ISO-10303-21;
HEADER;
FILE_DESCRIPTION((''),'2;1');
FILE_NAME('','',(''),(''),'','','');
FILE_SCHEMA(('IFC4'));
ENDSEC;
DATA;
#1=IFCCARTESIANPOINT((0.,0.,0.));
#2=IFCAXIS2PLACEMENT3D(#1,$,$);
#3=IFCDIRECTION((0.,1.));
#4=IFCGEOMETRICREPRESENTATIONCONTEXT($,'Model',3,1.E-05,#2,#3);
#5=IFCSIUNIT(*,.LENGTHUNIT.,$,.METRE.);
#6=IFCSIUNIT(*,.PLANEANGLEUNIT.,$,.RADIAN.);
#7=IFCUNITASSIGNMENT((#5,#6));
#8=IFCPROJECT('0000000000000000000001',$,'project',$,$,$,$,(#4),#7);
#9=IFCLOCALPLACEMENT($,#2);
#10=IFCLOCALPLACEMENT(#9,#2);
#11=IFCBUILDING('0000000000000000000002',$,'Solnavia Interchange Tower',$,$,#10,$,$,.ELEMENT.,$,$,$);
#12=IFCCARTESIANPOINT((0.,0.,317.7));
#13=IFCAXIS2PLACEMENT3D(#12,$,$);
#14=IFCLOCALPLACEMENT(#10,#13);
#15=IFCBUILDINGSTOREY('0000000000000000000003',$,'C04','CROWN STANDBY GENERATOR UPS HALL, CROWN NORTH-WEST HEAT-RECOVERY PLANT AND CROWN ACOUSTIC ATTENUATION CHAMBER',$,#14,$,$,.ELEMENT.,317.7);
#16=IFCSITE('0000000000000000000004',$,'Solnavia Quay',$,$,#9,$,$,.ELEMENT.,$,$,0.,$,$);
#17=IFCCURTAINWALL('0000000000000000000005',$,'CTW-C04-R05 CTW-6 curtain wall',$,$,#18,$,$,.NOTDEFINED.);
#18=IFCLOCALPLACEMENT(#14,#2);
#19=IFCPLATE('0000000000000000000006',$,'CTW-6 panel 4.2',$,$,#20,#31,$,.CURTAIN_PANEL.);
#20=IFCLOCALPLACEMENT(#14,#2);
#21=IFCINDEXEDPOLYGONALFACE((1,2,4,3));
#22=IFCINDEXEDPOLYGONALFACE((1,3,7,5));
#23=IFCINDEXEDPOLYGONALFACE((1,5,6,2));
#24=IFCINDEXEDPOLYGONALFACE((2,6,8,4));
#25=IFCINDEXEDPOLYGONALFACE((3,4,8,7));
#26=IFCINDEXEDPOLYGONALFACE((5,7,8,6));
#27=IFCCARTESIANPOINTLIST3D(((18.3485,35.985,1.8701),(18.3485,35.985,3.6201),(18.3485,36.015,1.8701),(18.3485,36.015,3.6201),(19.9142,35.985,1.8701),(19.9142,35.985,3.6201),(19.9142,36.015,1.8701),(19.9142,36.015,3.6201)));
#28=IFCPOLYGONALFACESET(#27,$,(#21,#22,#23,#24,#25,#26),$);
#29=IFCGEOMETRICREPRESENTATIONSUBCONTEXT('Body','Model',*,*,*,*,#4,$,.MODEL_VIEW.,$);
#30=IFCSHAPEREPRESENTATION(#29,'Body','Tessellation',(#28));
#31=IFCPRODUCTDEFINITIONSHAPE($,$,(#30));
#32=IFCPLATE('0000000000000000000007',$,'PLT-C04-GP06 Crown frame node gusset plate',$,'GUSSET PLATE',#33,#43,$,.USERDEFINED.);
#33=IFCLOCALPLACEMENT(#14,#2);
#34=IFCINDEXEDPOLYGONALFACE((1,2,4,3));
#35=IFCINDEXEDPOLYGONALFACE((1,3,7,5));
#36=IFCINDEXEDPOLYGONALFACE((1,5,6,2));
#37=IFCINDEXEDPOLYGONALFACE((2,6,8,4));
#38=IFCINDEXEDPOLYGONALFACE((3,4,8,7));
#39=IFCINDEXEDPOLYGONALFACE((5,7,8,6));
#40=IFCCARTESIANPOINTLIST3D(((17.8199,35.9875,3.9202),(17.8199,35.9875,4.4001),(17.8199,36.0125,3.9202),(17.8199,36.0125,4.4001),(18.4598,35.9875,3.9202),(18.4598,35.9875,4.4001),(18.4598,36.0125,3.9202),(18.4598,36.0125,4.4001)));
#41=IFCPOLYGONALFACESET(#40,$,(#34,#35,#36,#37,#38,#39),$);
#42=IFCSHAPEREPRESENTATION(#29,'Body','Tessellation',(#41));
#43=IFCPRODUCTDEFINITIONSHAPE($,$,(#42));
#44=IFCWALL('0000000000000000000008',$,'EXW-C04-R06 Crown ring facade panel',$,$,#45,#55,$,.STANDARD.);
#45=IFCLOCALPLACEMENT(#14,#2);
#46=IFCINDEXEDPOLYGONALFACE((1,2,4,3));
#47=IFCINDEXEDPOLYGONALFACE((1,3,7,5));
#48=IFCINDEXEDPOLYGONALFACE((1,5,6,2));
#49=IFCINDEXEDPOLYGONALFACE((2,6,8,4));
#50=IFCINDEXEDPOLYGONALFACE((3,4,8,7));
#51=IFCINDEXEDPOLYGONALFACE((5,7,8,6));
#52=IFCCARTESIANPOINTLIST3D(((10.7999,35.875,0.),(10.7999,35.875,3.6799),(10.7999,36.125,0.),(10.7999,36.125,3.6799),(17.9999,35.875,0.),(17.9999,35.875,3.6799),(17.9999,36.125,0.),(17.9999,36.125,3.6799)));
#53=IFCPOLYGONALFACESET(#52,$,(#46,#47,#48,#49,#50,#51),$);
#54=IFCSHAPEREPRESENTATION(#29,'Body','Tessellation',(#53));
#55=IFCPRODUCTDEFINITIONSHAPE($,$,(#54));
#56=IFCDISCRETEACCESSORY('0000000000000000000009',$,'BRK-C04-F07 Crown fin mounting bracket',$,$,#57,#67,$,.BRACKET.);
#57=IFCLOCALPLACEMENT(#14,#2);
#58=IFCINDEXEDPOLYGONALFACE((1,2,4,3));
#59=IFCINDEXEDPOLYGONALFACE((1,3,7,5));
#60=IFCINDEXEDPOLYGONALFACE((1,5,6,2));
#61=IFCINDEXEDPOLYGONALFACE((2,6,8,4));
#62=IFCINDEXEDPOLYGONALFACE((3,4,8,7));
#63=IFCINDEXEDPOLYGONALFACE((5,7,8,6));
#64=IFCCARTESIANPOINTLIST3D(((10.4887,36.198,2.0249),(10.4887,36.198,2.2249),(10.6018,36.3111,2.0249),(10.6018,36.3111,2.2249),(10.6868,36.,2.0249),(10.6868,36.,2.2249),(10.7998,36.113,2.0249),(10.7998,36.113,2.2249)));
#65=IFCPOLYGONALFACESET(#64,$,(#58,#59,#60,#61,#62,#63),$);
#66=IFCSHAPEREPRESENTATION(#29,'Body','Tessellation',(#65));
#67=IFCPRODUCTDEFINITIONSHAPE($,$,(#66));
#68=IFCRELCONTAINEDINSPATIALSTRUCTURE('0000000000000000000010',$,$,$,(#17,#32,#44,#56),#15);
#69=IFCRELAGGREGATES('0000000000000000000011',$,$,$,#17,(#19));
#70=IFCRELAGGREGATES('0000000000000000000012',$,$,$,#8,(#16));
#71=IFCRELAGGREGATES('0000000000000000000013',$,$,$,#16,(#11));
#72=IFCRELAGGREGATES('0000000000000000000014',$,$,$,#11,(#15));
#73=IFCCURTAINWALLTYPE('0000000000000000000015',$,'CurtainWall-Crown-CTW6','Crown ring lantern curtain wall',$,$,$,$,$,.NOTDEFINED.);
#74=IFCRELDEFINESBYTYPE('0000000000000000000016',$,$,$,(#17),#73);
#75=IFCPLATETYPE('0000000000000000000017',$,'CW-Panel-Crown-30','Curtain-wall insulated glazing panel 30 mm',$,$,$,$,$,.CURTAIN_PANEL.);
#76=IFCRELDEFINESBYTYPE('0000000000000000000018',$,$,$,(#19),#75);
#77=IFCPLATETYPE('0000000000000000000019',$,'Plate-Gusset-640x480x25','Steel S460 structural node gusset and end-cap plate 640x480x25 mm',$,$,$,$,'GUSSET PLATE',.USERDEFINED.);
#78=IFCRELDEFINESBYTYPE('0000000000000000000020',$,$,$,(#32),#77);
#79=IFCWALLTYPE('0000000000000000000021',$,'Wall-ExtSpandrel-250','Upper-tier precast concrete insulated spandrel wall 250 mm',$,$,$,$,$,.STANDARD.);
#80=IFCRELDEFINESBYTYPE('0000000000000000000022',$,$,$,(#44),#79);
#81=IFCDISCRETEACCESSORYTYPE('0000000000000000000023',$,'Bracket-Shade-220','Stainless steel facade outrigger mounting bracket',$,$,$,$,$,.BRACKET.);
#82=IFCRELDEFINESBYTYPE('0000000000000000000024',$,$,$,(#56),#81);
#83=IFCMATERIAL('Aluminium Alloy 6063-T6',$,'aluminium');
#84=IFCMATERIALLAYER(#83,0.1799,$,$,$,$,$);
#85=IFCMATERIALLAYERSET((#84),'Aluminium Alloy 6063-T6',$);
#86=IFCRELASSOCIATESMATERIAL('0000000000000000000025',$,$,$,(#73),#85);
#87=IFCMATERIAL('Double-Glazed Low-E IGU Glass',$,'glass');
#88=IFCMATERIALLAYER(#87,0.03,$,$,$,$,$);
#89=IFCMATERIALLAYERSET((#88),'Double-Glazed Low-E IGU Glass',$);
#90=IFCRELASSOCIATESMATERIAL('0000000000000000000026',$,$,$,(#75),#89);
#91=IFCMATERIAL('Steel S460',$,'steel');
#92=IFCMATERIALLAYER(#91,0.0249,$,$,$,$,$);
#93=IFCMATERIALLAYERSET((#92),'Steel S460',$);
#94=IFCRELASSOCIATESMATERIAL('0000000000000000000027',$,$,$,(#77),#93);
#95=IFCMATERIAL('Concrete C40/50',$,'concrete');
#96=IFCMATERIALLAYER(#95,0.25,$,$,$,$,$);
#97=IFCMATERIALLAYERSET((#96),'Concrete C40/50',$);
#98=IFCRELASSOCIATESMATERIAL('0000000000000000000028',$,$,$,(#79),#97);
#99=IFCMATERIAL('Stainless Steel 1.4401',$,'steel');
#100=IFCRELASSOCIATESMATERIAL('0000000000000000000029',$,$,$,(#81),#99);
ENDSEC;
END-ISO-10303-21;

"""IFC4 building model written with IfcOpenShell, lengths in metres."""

from ifc_helpers import new_model, si_unit, direction, frame, frame_2d, origin, origin_2d, place, context, subcontext, project, spatial, rectangle, extrude, material, layer, layer_set, type_object, element, aggregate, save


model = new_model("IFC4")

# Units and contexts
model_context = context("Model", 3, precision=1e-05, world=origin(), true_north=direction((0.0, 1.0)))
body_context = subcontext(model_context, "Body", "Model", "MODEL_VIEW")
ifc_project = project(units=[si_unit("LENGTHUNIT", "METRE"), si_unit("PLANEANGLEUNIT", "RADIAN")], contexts=[model_context])

# Site, building, storey
site_placement = place(None, origin())
site = spatial("IfcSite", under=ifc_project, at=site_placement, Name="Solnavia Quay", CompositionType="ELEMENT", RefElevation=0.0)
building_placement = place(site_placement, origin())
building = spatial("IfcBuilding", under=site, at=building_placement, Name="Solnavia Interchange Tower", CompositionType="ELEMENT")
storey_placement = place(building_placement, frame((0.0, 0.0, 317.7)))
storey = spatial("IfcBuildingStorey", under=building, at=storey_placement, Name="C04", Description="CROWN STANDBY GENERATOR UPS HALL, CROWN NORTH-WEST HEAT-RECOVERY PLANT AND CROWN ACOUSTIC ATTENUATION CHAMBER", CompositionType="ELEMENT", Elevation=317.7)

# Shared definitions
ifc_material_1 = material(Name="Steel S460", Category="steel")

# Curtain wall
ifc_material_2 = material(Name="Aluminium Alloy 6063-T6", Category="aluminium")
ifc_layer_1 = layer(ifc_material_2, 0.1799)
ifc_layer_set_1 = layer_set([ifc_layer_1], Name="Aluminium Alloy 6063-T6")
curtain_wall_type = type_object("IfcCurtainWallType", Name="CurtainWall-Crown-CTW6", Description="Crown ring lantern curtain wall", PredefinedType="NOTDEFINED", material=ifc_layer_set_1)
curtain_wall_placement = place(storey_placement, origin())
curtain_wall = element("IfcCurtainWall", 1, at=curtain_wall_placement, inside=storey, type_object=curtain_wall_type, Name="CTW-C04-R05 CTW-6 curtain wall", PredefinedType="NOTDEFINED")

# Plates
ifc_material_3 = material(Name="Double-Glazed Low-E IGU Glass", Category="glass")
ifc_layer_2 = layer(ifc_material_3, 0.03)
ifc_layer_set_2 = layer_set([ifc_layer_2], Name="Double-Glazed Low-E IGU Glass")
plate_type_1 = type_object("IfcPlateType", Name="CW-Panel-Crown-30", Description="Curtain-wall insulated glazing panel 30 mm", PredefinedType="CURTAIN_PANEL", material=ifc_layer_set_2)
plate_1_placement = place(storey_placement, frame((19.1313, 36.0, 1.8701), z_axis=(0.0, 0.0, 1.0), x_axis=(-1.0, 0.0, 0.0)))
plate_1 = element("IfcPlate", 2, at=plate_1_placement, type_object=plate_type_1, Name="CTW-6 panel 4.2", PredefinedType="CURTAIN_PANEL", context=body_context, shape_type="SweptSolid", body=[
    extrude(rectangle(XDim=1.5657, YDim=0.03, at=origin_2d()), origin(), (0.0, 0.0, 1.0), 1.75),
])
aggregate(curtain_wall, [plate_1])
ifc_layer_3 = layer(ifc_material_1, 0.0249)
ifc_layer_set_3 = layer_set([ifc_layer_3], Name="Steel S460")
plate_type_2 = type_object("IfcPlateType", Name="Plate-Gusset-640x480x25", Description="Steel S460 structural node gusset and end-cap plate 640x480x25 mm", ElementType="GUSSET PLATE", PredefinedType="USERDEFINED", material=ifc_layer_set_3)
plate_2_placement = place(storey_placement, frame((18.1399, 36.0, 3.9202), z_axis=(0.0, 0.0, 1.0), x_axis=(-1.0, 0.0, 0.0)))
element("IfcPlate", 3, at=plate_2_placement, inside=storey, type_object=plate_type_2, Name="PLT-C04-GP06 Crown frame node gusset plate", ObjectType="GUSSET PLATE", PredefinedType="USERDEFINED", context=body_context, shape_type="SweptSolid", body=[
    extrude(rectangle(XDim=0.6399, YDim=0.0249, at=origin_2d()), origin(), (0.0, 0.0, 1.0), 0.48),
])

# Wall
ifc_material_4 = material(Name="Concrete C40/50", Category="concrete")
ifc_layer_4 = layer(ifc_material_4, 0.25)
ifc_layer_set_4 = layer_set([ifc_layer_4], Name="Concrete C40/50")
wall_type = type_object("IfcWallType", Name="Wall-ExtSpandrel-250", Description="Upper-tier precast concrete insulated spandrel wall 250 mm", PredefinedType="STANDARD", material=ifc_layer_set_4)
wall_placement = place(storey_placement, frame((18.0, 36.0, 0.0), z_axis=(0.0, 0.0, 1.0), x_axis=(-1.0, 0.0, 0.0)))
element("IfcWall", 4, at=wall_placement, inside=storey, type_object=wall_type, Name="EXW-C04-R06 Crown ring facade panel", PredefinedType="STANDARD", context=body_context, shape_type="SweptSolid", body=[
    extrude(rectangle(XDim=7.2, YDim=0.25, at=frame_2d((3.6001, 0.0))), origin(), (0.0, 0.0, 1.0), 3.6799),
])

# Discrete accessory
ifc_material_5 = material(Name="Stainless Steel 1.4401", Category="steel")
discrete_accessory_type = type_object("IfcDiscreteAccessoryType", Name="Bracket-Shade-220", Description="Stainless steel facade outrigger mounting bracket", PredefinedType="BRACKET", material=ifc_material_5)
discrete_accessory_placement = place(storey_placement, frame((10.6443, 36.1555, 2.0249), z_axis=(0.0, 0.0, 1.0), x_axis=(-0.707107, 0.707107, 0.0)))
element("IfcDiscreteAccessory", 5, at=discrete_accessory_placement, inside=storey, type_object=discrete_accessory_type, Name="BRK-C04-F07 Crown fin mounting bracket", PredefinedType="BRACKET", context=body_context, shape_type="SweptSolid", body=[
    extrude(rectangle(XDim=0.28, YDim=0.1599, at=origin_2d()), origin(), (0.0, 0.0, 1.0), 0.2),
])

save(model, "model.ifc")
